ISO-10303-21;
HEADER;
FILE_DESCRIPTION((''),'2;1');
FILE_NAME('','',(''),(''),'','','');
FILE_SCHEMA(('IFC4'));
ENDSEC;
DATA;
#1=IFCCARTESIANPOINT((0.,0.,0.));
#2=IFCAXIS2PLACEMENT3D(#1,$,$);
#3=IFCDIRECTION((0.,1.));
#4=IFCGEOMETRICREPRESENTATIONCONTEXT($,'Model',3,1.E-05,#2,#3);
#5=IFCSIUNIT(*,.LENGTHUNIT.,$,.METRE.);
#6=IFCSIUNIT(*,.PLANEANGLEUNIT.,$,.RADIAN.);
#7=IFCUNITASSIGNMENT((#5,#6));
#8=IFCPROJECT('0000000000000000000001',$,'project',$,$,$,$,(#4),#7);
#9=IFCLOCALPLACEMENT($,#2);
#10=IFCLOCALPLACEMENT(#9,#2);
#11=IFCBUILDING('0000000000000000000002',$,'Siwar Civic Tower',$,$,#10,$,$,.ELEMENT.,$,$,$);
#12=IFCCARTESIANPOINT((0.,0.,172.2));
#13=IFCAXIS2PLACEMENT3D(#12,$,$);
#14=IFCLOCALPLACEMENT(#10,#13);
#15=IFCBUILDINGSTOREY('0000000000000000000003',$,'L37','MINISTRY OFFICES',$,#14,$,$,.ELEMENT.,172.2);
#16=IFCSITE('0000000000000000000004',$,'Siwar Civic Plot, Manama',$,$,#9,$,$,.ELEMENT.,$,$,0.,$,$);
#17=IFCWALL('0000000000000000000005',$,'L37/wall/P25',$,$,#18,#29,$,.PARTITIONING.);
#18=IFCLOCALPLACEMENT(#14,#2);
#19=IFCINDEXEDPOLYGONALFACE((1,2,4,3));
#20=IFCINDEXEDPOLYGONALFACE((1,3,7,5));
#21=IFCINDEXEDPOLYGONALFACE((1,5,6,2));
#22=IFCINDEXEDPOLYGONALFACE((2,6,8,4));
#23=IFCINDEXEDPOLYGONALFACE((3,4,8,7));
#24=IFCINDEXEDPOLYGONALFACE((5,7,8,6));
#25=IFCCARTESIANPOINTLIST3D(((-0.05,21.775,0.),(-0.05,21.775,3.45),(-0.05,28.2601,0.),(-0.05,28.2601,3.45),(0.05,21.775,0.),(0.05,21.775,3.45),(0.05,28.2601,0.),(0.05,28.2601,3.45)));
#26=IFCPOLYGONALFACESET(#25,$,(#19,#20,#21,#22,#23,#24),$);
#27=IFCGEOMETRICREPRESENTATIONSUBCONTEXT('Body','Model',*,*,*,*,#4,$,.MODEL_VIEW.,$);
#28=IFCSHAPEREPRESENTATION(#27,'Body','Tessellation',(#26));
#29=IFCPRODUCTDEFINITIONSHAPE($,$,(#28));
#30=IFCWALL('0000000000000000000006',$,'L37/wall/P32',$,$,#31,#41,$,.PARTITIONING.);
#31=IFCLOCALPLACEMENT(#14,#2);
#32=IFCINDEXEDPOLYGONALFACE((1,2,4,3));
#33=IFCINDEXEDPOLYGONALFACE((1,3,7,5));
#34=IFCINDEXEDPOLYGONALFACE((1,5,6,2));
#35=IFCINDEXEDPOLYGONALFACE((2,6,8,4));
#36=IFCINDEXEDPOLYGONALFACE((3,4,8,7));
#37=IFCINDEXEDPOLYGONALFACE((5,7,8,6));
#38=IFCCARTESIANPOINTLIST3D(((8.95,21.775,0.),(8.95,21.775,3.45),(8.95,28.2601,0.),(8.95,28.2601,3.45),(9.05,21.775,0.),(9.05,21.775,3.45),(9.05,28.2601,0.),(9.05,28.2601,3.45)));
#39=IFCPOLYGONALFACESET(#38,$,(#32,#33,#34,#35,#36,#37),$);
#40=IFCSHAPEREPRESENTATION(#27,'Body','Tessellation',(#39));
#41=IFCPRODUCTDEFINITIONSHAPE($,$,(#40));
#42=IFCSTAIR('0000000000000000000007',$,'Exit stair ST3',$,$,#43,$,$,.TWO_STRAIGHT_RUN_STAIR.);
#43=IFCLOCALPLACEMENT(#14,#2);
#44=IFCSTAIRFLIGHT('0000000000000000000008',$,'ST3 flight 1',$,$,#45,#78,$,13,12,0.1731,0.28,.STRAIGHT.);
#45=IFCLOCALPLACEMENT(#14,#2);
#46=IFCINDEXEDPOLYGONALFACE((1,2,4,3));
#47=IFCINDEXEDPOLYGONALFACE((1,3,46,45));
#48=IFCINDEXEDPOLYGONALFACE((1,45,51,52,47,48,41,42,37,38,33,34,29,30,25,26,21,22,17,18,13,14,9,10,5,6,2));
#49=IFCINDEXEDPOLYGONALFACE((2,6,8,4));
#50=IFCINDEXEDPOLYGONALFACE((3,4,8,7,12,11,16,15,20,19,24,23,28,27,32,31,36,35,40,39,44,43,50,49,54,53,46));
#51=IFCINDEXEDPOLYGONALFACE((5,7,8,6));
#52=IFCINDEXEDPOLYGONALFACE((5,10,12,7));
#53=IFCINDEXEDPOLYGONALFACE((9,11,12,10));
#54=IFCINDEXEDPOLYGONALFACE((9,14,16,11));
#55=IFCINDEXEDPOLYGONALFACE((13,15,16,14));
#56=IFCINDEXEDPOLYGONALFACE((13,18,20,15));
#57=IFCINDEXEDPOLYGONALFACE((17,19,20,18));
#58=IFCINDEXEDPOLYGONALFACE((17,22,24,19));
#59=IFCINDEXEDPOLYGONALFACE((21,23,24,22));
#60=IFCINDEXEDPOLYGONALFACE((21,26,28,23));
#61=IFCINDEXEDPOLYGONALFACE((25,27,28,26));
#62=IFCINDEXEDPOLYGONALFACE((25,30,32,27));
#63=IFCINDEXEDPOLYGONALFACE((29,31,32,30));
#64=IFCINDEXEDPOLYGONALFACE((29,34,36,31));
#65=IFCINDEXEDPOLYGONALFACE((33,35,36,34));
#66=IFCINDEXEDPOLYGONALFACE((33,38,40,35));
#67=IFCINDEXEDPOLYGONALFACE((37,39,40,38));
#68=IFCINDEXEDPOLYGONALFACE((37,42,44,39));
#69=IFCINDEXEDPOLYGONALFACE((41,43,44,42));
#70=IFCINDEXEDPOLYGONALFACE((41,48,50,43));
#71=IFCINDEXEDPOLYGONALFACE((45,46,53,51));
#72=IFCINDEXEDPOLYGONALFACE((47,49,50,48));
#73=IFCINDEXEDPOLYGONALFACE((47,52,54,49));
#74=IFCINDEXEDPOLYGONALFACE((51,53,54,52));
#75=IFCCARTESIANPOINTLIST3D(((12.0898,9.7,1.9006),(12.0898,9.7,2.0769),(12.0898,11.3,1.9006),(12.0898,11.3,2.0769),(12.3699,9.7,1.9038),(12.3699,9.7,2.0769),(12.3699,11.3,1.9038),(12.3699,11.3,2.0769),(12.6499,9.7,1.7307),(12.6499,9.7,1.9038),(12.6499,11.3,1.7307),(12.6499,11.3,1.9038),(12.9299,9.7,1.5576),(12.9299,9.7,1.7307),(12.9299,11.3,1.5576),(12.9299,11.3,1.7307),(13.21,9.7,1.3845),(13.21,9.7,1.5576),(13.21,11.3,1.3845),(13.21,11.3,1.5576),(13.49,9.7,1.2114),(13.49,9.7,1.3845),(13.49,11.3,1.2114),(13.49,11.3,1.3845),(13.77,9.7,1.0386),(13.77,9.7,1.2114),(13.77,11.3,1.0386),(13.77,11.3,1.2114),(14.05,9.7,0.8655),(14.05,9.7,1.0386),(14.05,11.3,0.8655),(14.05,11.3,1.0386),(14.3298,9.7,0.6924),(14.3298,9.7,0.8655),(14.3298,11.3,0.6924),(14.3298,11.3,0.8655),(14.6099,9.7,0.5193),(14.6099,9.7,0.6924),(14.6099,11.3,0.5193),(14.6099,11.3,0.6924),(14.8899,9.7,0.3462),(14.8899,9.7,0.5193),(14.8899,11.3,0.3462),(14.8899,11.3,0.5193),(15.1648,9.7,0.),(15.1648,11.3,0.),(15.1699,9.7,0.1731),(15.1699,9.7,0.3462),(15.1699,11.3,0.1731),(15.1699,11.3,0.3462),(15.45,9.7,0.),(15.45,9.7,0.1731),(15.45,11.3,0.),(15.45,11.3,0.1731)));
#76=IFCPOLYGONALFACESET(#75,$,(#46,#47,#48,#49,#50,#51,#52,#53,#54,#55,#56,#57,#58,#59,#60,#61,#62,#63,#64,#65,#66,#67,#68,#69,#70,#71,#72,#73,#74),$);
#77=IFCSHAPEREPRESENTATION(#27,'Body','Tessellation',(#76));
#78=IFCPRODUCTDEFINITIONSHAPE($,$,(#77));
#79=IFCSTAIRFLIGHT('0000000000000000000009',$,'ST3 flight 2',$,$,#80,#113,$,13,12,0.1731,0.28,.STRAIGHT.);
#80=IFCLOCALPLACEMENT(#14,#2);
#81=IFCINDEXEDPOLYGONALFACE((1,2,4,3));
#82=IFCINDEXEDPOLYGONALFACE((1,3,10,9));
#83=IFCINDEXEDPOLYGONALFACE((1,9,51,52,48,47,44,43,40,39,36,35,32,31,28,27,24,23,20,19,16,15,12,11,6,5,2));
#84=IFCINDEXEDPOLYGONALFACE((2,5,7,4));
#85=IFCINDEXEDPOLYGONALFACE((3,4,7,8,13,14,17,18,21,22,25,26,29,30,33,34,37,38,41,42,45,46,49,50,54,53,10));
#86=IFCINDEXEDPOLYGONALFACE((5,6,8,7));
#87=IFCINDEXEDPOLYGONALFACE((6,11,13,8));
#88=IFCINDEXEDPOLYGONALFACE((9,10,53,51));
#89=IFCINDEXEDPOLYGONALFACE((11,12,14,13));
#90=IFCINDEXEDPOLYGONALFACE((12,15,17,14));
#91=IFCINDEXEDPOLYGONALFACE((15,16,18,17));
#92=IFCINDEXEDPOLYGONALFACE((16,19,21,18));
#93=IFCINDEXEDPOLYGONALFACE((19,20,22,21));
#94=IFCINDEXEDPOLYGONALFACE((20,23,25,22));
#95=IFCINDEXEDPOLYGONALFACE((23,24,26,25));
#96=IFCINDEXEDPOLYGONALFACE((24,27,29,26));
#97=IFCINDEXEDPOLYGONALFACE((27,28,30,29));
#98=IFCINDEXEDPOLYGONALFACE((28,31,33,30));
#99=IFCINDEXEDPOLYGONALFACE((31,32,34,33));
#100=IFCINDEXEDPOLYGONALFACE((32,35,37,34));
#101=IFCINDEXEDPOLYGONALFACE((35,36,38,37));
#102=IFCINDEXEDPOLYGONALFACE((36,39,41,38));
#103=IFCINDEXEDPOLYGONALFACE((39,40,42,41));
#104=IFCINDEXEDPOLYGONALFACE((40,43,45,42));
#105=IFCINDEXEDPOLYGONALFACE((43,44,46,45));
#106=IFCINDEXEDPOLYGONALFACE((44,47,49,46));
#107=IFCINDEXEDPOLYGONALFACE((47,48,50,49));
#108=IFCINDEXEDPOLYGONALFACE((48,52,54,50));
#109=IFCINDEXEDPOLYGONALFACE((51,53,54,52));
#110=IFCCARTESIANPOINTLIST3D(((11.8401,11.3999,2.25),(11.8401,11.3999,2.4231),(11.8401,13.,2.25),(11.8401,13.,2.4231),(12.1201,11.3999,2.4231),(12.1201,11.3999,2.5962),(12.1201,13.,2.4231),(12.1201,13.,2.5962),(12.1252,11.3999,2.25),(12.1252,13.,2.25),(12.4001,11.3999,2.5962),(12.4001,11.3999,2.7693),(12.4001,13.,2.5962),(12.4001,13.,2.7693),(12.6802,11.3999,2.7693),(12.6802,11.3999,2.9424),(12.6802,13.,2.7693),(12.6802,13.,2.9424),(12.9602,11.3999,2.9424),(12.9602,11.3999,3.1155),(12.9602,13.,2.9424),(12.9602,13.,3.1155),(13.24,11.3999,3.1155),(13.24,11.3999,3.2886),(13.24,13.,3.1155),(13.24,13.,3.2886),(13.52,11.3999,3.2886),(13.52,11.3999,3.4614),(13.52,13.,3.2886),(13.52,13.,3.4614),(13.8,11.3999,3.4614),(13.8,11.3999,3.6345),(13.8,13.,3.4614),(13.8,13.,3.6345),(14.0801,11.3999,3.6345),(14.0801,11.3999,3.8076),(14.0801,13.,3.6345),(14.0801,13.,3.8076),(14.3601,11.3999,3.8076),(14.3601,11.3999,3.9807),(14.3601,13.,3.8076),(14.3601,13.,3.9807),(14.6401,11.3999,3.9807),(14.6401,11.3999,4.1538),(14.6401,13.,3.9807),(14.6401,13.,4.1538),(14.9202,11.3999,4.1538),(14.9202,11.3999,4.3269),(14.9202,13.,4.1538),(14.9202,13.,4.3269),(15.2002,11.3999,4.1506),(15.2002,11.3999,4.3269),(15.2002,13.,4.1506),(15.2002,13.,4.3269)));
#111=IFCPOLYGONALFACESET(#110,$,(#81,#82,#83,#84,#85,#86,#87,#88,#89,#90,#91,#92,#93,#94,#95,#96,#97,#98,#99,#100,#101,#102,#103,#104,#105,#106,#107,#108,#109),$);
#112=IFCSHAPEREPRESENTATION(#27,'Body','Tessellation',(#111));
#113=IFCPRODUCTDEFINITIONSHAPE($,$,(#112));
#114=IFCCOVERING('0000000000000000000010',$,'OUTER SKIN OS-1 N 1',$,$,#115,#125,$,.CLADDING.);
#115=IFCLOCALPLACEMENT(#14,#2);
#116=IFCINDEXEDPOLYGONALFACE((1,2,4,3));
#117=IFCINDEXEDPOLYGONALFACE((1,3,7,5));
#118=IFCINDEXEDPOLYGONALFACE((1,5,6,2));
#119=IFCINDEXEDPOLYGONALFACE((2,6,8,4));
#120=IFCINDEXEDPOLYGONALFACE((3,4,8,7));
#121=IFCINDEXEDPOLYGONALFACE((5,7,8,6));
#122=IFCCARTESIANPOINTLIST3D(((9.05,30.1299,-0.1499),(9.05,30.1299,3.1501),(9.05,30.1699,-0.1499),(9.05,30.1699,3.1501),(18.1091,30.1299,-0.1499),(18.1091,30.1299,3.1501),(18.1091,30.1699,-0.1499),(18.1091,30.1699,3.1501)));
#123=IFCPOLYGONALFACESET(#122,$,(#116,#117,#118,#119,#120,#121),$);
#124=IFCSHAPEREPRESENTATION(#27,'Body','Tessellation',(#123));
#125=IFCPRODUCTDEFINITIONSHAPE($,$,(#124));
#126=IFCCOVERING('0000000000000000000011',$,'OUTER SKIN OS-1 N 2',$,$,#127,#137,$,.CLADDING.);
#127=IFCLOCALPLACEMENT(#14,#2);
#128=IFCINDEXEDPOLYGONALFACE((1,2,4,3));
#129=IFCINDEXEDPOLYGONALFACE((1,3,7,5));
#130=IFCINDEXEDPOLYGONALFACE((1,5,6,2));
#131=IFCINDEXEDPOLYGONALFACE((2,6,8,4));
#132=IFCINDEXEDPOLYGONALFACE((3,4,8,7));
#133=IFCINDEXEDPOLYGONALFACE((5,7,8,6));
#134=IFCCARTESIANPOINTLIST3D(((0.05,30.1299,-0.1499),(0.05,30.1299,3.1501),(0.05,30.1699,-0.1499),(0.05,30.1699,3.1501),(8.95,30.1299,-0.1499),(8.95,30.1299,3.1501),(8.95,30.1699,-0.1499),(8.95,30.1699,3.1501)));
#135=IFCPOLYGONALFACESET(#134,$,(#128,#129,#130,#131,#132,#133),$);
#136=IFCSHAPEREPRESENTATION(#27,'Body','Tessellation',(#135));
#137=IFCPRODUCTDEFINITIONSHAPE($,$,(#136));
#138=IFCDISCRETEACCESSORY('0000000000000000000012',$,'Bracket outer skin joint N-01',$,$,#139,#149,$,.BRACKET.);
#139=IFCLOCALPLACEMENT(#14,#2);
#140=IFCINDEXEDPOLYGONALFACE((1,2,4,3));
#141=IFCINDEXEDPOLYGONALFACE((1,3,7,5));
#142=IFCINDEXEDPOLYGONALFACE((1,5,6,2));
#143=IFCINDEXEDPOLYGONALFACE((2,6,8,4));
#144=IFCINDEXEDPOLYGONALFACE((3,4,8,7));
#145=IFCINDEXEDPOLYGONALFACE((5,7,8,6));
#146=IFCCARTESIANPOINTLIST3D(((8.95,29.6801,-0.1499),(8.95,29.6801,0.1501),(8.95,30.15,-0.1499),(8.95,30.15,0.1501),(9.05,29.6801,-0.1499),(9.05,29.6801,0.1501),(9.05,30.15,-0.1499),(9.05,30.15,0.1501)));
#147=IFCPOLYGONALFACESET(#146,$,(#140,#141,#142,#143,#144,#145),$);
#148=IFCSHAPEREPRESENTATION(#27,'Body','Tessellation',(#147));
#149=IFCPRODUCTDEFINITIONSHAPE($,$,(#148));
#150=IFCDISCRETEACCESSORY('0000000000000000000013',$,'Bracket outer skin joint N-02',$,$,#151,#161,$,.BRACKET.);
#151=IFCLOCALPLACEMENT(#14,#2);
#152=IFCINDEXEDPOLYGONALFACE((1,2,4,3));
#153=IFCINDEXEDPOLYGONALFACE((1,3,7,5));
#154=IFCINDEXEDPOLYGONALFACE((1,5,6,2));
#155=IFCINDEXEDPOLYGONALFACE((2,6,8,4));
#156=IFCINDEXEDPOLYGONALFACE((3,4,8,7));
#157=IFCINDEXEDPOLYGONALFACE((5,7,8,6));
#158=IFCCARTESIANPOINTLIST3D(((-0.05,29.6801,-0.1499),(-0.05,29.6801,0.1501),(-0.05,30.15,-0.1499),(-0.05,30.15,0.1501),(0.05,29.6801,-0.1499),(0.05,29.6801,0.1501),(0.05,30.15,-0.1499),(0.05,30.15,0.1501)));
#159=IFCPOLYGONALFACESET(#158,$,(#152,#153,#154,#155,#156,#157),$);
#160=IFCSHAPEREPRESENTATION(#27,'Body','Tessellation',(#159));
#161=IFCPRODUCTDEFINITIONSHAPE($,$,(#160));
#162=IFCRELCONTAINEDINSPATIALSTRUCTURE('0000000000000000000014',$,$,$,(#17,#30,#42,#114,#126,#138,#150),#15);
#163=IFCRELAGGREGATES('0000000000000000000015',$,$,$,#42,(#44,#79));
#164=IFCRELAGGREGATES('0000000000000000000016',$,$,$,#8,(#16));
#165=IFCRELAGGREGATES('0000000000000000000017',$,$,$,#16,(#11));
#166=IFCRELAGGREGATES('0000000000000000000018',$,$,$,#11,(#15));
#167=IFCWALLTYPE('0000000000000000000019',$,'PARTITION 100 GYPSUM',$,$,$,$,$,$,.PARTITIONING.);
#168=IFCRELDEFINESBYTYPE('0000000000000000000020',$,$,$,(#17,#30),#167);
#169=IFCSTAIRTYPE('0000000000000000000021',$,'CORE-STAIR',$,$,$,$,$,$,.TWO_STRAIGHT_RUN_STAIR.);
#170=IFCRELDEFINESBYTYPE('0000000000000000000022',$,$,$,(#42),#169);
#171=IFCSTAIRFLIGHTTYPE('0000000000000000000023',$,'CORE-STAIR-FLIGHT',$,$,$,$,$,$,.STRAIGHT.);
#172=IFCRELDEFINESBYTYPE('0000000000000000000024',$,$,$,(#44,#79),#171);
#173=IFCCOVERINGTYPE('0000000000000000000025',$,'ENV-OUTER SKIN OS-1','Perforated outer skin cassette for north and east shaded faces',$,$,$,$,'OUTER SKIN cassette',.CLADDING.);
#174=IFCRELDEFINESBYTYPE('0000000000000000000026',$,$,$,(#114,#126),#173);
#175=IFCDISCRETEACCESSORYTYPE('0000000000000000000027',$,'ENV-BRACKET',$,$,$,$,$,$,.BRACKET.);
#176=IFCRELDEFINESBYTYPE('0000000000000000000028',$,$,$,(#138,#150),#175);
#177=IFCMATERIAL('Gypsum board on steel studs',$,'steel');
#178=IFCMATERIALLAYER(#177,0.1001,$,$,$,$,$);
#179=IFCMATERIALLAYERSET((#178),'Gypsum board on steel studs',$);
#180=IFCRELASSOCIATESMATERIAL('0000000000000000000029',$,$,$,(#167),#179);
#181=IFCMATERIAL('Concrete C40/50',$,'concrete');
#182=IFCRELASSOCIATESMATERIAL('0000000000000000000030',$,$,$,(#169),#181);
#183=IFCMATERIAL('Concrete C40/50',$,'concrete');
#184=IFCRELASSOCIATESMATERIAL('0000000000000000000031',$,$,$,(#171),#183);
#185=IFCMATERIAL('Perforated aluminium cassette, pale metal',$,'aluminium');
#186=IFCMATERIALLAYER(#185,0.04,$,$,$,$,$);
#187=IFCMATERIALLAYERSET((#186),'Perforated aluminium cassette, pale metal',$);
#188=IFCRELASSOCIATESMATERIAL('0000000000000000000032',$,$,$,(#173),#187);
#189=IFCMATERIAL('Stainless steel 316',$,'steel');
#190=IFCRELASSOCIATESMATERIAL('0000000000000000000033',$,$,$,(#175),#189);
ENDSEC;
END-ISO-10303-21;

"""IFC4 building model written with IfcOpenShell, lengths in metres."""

from ifc_helpers import new_model, si_unit, direction, frame, frame_2d, origin, origin_2d, place, context, subcontext, project, spatial, polyline, rectangle, outline, extrude, material, layer, layer_set, type_object, element, aggregate, save


model = new_model("IFC4")

# Units and contexts
model_context = context("Model", 3, precision=1e-05, world=origin(), true_north=direction((0.0, 1.0)))
body_context = subcontext(model_context, "Body", "Model", "MODEL_VIEW")
ifc_project = project(units=[si_unit("LENGTHUNIT", "METRE"), si_unit("PLANEANGLEUNIT", "RADIAN")], contexts=[model_context])

# Site, building, storey
site_placement = place(None, origin())
site = spatial("IfcSite", under=ifc_project, at=site_placement, Name="Siwar Civic Plot, Manama", CompositionType="ELEMENT", RefElevation=0.0)
building_placement = place(site_placement, origin())
building = spatial("IfcBuilding", under=site, at=building_placement, Name="Siwar Civic Tower", CompositionType="ELEMENT")
storey_placement = place(building_placement, frame((0.0, 0.0, 172.2)))
storey = spatial("IfcBuildingStorey", under=building, at=storey_placement, Name="L37", Description="MINISTRY OFFICES", CompositionType="ELEMENT", Elevation=172.2)

# Walls
ifc_material_1 = material(Name="Gypsum board on steel studs", Category="steel")
ifc_layer_1 = layer(ifc_material_1, 0.1001)
ifc_layer_set_1 = layer_set([ifc_layer_1], Name="Gypsum board on steel studs")
wall_type_1 = type_object("IfcWallType", Name="PARTITION 100 GYPSUM", PredefinedType="PARTITIONING", material=ifc_layer_set_1)
for number, where, z_axis, x_axis, name in (
    (1, (0.0, 21.7749, 0.0), (0.0, 0.0, 1.0), (0.0, 1.0, 0.0), "L37/wall/P25"),
    (2, (9.0, 21.7749, 0.0), (0.0, 0.0, 1.0), (0.0, 1.0, 0.0), "L37/wall/P32"),
):
    element("IfcWall", number, at=place(storey_placement, frame(where, z_axis=z_axis, x_axis=x_axis)), inside=storey, type_object=wall_type_1, Name=name, PredefinedType="PARTITIONING", context=body_context, shape_type="SweptSolid", body=[
        extrude(rectangle(XDim=6.4851, YDim=0.1001, at=frame_2d((3.2427, 0.0))), origin(), (0.0, 0.0, 1.0), 3.45),
    ])

# Stair, stair flights
ifc_material_2 = material(Name="Concrete C40/50", Category="concrete")
stair_type = type_object("IfcStairType", Name="CORE-STAIR", PredefinedType="TWO_STRAIGHT_RUN_STAIR", material=ifc_material_2)
stair_placement = place(storey_placement, origin())
stair = element("IfcStair", 3, at=stair_placement, inside=storey, type_object=stair_type, Name="Exit stair ST3", PredefinedType="TWO_STRAIGHT_RUN_STAIR")
ifc_material_3 = material(Name="Concrete C40/50", Category="concrete")
stair_flight_type = type_object("IfcStairFlightType", Name="CORE-STAIR-FLIGHT", PredefinedType="STRAIGHT", material=ifc_material_3)
stair_flight_1_placement = place(storey_placement, frame((15.45, 10.5, 0.0), z_axis=(0.0, 0.0, 1.0), x_axis=(-1.0, 0.0, 0.0)))
stair_flight_1 = element("IfcStairFlight", 4, at=stair_flight_1_placement, type_object=stair_flight_type, Name="ST3 flight 1", NumberOfRisers=13, NumberOfTreads=12, PredefinedType="STRAIGHT", RiserHeight=0.1731, TreadLength=0.28, context=body_context, shape_type="SweptSolid", body=[
    extrude(outline(polyline([(0.0, 0.0), (0.0, 0.1731), (0.28, 0.1731), (0.28, 0.3462), (0.5601, 0.3462), (0.5601, 0.5193), (0.8401, 0.5193), (0.8401, 0.6924), (1.1201, 0.6924), (1.1201, 0.8655), (1.3999, 0.8655), (1.3999, 1.0386), (1.6799, 1.0386), (1.6799, 1.2114), (1.96, 1.2114), (1.96, 1.3845), (2.24, 1.3845), (2.24, 1.5576), (2.52, 1.5576), (2.52, 1.7307), (2.8, 1.7307), (2.8, 1.9038), (3.0801, 1.9038), (3.0801, 2.0769), (3.3601, 2.0769), (3.3601, 2.25), (3.3601, 1.9006), (0.2852, 0.0), (0.0, 0.0)])), frame((0.0, 0.8, 0.0), z_axis=(0.0, -1.0, 0.0), x_axis=(1.0, 0.0, 0.0)), (0.0, 0.0, 1.0), 1.6001),
])
stair_flight_2_placement = place(storey_placement, frame((11.8401, 12.2, 2.25), z_axis=(0.0, 0.0, 1.0), x_axis=(1.0, 0.0, 0.0)))
stair_flight_2 = element("IfcStairFlight", 5, at=stair_flight_2_placement, type_object=stair_flight_type, Name="ST3 flight 2", NumberOfRisers=13, NumberOfTreads=12, PredefinedType="STRAIGHT", RiserHeight=0.1731, TreadLength=0.28, context=body_context, shape_type="SweptSolid", body=[
    extrude(outline(polyline([(0.0, 0.0), (0.0, 0.1731), (0.28, 0.1731), (0.28, 0.3462), (0.5601, 0.3462), (0.5601, 0.5193), (0.8401, 0.5193), (0.8401, 0.6924), (1.1201, 0.6924), (1.1201, 0.8655), (1.3999, 0.8655), (1.3999, 1.0386), (1.6799, 1.0386), (1.6799, 1.2114), (1.96, 1.2114), (1.96, 1.3845), (2.24, 1.3845), (2.24, 1.5576), (2.52, 1.5576), (2.52, 1.7307), (2.8, 1.7307), (2.8, 1.9038), (3.0801, 1.9038), (3.0801, 2.0769), (3.3601, 2.0769), (3.3601, 2.25), (3.3601, 1.9006), (0.2852, 0.0), (0.0, 0.0)])), frame((0.0, 0.8, 0.0), z_axis=(0.0, -1.0, 0.0), x_axis=(1.0, 0.0, 0.0)), (0.0, 0.0, 1.0), 1.6001),
])
aggregate(stair, [stair_flight_1, stair_flight_2])

# Coverings
ifc_material_4 = material(Name="Perforated aluminium cassette, pale metal", Category="aluminium")
ifc_layer_2 = layer(ifc_material_4, 0.04)
ifc_layer_set_2 = layer_set([ifc_layer_2], Name="Perforated aluminium cassette, pale metal")
covering_type = type_object("IfcCoveringType", Name="ENV-OUTER SKIN OS-1", Description="Perforated outer skin cassette for north and east shaded faces", ElementType="OUTER SKIN cassette", PredefinedType="CLADDING", material=ifc_layer_set_2)
covering_1_placement = place(storey_placement, frame((13.5796, 30.1499, -0.1499), z_axis=(0.0, 0.0, 1.0), x_axis=(-1.0, 0.0, 0.0)))
element("IfcCovering", 6, at=covering_1_placement, inside=storey, type_object=covering_type, Name="OUTER SKIN OS-1 N 1", PredefinedType="CLADDING", context=body_context, shape_type="SweptSolid", body=[
    extrude(rectangle(XDim=9.0591, YDim=0.04, at=origin_2d()), origin(), (0.0, 0.0, 1.0), 3.3),
])
covering_2_placement = place(storey_placement, frame((4.5, 30.1499, -0.1499), z_axis=(0.0, 0.0, 1.0), x_axis=(-1.0, 0.0, 0.0)))
element("IfcCovering", 7, at=covering_2_placement, inside=storey, type_object=covering_type, Name="OUTER SKIN OS-1 N 2", PredefinedType="CLADDING", context=body_context, shape_type="SweptSolid", body=[
    extrude(rectangle(XDim=8.8999, YDim=0.04, at=origin_2d()), origin(), (0.0, 0.0, 1.0), 3.3),
])

# Discrete accessories
ifc_material_5 = material(Name="Stainless steel 316", Category="steel")
discrete_accessory_type = type_object("IfcDiscreteAccessoryType", Name="ENV-BRACKET", PredefinedType="BRACKET", material=ifc_material_5)
for number, where, z_axis, x_axis, name in (
    (8, (9.0, 29.915, -0.1499), (0.0, 0.0, 1.0), (0.0, 1.0, 0.0), "Bracket outer skin joint N-01"),
    (9, (0.0, 29.915, -0.1499), (0.0, 0.0, 1.0), (0.0, 1.0, 0.0), "Bracket outer skin joint N-02"),
):
    element("IfcDiscreteAccessory", number, at=place(storey_placement, frame(where, z_axis=z_axis, x_axis=x_axis)), inside=storey, type_object=discrete_accessory_type, Name=name, PredefinedType="BRACKET", context=body_context, shape_type="SweptSolid", body=[
        extrude(rectangle(XDim=0.47, YDim=0.1001, at=origin_2d()), origin(), (0.0, 0.0, 1.0), 0.3),
    ])

save(model, "model.ifc")
